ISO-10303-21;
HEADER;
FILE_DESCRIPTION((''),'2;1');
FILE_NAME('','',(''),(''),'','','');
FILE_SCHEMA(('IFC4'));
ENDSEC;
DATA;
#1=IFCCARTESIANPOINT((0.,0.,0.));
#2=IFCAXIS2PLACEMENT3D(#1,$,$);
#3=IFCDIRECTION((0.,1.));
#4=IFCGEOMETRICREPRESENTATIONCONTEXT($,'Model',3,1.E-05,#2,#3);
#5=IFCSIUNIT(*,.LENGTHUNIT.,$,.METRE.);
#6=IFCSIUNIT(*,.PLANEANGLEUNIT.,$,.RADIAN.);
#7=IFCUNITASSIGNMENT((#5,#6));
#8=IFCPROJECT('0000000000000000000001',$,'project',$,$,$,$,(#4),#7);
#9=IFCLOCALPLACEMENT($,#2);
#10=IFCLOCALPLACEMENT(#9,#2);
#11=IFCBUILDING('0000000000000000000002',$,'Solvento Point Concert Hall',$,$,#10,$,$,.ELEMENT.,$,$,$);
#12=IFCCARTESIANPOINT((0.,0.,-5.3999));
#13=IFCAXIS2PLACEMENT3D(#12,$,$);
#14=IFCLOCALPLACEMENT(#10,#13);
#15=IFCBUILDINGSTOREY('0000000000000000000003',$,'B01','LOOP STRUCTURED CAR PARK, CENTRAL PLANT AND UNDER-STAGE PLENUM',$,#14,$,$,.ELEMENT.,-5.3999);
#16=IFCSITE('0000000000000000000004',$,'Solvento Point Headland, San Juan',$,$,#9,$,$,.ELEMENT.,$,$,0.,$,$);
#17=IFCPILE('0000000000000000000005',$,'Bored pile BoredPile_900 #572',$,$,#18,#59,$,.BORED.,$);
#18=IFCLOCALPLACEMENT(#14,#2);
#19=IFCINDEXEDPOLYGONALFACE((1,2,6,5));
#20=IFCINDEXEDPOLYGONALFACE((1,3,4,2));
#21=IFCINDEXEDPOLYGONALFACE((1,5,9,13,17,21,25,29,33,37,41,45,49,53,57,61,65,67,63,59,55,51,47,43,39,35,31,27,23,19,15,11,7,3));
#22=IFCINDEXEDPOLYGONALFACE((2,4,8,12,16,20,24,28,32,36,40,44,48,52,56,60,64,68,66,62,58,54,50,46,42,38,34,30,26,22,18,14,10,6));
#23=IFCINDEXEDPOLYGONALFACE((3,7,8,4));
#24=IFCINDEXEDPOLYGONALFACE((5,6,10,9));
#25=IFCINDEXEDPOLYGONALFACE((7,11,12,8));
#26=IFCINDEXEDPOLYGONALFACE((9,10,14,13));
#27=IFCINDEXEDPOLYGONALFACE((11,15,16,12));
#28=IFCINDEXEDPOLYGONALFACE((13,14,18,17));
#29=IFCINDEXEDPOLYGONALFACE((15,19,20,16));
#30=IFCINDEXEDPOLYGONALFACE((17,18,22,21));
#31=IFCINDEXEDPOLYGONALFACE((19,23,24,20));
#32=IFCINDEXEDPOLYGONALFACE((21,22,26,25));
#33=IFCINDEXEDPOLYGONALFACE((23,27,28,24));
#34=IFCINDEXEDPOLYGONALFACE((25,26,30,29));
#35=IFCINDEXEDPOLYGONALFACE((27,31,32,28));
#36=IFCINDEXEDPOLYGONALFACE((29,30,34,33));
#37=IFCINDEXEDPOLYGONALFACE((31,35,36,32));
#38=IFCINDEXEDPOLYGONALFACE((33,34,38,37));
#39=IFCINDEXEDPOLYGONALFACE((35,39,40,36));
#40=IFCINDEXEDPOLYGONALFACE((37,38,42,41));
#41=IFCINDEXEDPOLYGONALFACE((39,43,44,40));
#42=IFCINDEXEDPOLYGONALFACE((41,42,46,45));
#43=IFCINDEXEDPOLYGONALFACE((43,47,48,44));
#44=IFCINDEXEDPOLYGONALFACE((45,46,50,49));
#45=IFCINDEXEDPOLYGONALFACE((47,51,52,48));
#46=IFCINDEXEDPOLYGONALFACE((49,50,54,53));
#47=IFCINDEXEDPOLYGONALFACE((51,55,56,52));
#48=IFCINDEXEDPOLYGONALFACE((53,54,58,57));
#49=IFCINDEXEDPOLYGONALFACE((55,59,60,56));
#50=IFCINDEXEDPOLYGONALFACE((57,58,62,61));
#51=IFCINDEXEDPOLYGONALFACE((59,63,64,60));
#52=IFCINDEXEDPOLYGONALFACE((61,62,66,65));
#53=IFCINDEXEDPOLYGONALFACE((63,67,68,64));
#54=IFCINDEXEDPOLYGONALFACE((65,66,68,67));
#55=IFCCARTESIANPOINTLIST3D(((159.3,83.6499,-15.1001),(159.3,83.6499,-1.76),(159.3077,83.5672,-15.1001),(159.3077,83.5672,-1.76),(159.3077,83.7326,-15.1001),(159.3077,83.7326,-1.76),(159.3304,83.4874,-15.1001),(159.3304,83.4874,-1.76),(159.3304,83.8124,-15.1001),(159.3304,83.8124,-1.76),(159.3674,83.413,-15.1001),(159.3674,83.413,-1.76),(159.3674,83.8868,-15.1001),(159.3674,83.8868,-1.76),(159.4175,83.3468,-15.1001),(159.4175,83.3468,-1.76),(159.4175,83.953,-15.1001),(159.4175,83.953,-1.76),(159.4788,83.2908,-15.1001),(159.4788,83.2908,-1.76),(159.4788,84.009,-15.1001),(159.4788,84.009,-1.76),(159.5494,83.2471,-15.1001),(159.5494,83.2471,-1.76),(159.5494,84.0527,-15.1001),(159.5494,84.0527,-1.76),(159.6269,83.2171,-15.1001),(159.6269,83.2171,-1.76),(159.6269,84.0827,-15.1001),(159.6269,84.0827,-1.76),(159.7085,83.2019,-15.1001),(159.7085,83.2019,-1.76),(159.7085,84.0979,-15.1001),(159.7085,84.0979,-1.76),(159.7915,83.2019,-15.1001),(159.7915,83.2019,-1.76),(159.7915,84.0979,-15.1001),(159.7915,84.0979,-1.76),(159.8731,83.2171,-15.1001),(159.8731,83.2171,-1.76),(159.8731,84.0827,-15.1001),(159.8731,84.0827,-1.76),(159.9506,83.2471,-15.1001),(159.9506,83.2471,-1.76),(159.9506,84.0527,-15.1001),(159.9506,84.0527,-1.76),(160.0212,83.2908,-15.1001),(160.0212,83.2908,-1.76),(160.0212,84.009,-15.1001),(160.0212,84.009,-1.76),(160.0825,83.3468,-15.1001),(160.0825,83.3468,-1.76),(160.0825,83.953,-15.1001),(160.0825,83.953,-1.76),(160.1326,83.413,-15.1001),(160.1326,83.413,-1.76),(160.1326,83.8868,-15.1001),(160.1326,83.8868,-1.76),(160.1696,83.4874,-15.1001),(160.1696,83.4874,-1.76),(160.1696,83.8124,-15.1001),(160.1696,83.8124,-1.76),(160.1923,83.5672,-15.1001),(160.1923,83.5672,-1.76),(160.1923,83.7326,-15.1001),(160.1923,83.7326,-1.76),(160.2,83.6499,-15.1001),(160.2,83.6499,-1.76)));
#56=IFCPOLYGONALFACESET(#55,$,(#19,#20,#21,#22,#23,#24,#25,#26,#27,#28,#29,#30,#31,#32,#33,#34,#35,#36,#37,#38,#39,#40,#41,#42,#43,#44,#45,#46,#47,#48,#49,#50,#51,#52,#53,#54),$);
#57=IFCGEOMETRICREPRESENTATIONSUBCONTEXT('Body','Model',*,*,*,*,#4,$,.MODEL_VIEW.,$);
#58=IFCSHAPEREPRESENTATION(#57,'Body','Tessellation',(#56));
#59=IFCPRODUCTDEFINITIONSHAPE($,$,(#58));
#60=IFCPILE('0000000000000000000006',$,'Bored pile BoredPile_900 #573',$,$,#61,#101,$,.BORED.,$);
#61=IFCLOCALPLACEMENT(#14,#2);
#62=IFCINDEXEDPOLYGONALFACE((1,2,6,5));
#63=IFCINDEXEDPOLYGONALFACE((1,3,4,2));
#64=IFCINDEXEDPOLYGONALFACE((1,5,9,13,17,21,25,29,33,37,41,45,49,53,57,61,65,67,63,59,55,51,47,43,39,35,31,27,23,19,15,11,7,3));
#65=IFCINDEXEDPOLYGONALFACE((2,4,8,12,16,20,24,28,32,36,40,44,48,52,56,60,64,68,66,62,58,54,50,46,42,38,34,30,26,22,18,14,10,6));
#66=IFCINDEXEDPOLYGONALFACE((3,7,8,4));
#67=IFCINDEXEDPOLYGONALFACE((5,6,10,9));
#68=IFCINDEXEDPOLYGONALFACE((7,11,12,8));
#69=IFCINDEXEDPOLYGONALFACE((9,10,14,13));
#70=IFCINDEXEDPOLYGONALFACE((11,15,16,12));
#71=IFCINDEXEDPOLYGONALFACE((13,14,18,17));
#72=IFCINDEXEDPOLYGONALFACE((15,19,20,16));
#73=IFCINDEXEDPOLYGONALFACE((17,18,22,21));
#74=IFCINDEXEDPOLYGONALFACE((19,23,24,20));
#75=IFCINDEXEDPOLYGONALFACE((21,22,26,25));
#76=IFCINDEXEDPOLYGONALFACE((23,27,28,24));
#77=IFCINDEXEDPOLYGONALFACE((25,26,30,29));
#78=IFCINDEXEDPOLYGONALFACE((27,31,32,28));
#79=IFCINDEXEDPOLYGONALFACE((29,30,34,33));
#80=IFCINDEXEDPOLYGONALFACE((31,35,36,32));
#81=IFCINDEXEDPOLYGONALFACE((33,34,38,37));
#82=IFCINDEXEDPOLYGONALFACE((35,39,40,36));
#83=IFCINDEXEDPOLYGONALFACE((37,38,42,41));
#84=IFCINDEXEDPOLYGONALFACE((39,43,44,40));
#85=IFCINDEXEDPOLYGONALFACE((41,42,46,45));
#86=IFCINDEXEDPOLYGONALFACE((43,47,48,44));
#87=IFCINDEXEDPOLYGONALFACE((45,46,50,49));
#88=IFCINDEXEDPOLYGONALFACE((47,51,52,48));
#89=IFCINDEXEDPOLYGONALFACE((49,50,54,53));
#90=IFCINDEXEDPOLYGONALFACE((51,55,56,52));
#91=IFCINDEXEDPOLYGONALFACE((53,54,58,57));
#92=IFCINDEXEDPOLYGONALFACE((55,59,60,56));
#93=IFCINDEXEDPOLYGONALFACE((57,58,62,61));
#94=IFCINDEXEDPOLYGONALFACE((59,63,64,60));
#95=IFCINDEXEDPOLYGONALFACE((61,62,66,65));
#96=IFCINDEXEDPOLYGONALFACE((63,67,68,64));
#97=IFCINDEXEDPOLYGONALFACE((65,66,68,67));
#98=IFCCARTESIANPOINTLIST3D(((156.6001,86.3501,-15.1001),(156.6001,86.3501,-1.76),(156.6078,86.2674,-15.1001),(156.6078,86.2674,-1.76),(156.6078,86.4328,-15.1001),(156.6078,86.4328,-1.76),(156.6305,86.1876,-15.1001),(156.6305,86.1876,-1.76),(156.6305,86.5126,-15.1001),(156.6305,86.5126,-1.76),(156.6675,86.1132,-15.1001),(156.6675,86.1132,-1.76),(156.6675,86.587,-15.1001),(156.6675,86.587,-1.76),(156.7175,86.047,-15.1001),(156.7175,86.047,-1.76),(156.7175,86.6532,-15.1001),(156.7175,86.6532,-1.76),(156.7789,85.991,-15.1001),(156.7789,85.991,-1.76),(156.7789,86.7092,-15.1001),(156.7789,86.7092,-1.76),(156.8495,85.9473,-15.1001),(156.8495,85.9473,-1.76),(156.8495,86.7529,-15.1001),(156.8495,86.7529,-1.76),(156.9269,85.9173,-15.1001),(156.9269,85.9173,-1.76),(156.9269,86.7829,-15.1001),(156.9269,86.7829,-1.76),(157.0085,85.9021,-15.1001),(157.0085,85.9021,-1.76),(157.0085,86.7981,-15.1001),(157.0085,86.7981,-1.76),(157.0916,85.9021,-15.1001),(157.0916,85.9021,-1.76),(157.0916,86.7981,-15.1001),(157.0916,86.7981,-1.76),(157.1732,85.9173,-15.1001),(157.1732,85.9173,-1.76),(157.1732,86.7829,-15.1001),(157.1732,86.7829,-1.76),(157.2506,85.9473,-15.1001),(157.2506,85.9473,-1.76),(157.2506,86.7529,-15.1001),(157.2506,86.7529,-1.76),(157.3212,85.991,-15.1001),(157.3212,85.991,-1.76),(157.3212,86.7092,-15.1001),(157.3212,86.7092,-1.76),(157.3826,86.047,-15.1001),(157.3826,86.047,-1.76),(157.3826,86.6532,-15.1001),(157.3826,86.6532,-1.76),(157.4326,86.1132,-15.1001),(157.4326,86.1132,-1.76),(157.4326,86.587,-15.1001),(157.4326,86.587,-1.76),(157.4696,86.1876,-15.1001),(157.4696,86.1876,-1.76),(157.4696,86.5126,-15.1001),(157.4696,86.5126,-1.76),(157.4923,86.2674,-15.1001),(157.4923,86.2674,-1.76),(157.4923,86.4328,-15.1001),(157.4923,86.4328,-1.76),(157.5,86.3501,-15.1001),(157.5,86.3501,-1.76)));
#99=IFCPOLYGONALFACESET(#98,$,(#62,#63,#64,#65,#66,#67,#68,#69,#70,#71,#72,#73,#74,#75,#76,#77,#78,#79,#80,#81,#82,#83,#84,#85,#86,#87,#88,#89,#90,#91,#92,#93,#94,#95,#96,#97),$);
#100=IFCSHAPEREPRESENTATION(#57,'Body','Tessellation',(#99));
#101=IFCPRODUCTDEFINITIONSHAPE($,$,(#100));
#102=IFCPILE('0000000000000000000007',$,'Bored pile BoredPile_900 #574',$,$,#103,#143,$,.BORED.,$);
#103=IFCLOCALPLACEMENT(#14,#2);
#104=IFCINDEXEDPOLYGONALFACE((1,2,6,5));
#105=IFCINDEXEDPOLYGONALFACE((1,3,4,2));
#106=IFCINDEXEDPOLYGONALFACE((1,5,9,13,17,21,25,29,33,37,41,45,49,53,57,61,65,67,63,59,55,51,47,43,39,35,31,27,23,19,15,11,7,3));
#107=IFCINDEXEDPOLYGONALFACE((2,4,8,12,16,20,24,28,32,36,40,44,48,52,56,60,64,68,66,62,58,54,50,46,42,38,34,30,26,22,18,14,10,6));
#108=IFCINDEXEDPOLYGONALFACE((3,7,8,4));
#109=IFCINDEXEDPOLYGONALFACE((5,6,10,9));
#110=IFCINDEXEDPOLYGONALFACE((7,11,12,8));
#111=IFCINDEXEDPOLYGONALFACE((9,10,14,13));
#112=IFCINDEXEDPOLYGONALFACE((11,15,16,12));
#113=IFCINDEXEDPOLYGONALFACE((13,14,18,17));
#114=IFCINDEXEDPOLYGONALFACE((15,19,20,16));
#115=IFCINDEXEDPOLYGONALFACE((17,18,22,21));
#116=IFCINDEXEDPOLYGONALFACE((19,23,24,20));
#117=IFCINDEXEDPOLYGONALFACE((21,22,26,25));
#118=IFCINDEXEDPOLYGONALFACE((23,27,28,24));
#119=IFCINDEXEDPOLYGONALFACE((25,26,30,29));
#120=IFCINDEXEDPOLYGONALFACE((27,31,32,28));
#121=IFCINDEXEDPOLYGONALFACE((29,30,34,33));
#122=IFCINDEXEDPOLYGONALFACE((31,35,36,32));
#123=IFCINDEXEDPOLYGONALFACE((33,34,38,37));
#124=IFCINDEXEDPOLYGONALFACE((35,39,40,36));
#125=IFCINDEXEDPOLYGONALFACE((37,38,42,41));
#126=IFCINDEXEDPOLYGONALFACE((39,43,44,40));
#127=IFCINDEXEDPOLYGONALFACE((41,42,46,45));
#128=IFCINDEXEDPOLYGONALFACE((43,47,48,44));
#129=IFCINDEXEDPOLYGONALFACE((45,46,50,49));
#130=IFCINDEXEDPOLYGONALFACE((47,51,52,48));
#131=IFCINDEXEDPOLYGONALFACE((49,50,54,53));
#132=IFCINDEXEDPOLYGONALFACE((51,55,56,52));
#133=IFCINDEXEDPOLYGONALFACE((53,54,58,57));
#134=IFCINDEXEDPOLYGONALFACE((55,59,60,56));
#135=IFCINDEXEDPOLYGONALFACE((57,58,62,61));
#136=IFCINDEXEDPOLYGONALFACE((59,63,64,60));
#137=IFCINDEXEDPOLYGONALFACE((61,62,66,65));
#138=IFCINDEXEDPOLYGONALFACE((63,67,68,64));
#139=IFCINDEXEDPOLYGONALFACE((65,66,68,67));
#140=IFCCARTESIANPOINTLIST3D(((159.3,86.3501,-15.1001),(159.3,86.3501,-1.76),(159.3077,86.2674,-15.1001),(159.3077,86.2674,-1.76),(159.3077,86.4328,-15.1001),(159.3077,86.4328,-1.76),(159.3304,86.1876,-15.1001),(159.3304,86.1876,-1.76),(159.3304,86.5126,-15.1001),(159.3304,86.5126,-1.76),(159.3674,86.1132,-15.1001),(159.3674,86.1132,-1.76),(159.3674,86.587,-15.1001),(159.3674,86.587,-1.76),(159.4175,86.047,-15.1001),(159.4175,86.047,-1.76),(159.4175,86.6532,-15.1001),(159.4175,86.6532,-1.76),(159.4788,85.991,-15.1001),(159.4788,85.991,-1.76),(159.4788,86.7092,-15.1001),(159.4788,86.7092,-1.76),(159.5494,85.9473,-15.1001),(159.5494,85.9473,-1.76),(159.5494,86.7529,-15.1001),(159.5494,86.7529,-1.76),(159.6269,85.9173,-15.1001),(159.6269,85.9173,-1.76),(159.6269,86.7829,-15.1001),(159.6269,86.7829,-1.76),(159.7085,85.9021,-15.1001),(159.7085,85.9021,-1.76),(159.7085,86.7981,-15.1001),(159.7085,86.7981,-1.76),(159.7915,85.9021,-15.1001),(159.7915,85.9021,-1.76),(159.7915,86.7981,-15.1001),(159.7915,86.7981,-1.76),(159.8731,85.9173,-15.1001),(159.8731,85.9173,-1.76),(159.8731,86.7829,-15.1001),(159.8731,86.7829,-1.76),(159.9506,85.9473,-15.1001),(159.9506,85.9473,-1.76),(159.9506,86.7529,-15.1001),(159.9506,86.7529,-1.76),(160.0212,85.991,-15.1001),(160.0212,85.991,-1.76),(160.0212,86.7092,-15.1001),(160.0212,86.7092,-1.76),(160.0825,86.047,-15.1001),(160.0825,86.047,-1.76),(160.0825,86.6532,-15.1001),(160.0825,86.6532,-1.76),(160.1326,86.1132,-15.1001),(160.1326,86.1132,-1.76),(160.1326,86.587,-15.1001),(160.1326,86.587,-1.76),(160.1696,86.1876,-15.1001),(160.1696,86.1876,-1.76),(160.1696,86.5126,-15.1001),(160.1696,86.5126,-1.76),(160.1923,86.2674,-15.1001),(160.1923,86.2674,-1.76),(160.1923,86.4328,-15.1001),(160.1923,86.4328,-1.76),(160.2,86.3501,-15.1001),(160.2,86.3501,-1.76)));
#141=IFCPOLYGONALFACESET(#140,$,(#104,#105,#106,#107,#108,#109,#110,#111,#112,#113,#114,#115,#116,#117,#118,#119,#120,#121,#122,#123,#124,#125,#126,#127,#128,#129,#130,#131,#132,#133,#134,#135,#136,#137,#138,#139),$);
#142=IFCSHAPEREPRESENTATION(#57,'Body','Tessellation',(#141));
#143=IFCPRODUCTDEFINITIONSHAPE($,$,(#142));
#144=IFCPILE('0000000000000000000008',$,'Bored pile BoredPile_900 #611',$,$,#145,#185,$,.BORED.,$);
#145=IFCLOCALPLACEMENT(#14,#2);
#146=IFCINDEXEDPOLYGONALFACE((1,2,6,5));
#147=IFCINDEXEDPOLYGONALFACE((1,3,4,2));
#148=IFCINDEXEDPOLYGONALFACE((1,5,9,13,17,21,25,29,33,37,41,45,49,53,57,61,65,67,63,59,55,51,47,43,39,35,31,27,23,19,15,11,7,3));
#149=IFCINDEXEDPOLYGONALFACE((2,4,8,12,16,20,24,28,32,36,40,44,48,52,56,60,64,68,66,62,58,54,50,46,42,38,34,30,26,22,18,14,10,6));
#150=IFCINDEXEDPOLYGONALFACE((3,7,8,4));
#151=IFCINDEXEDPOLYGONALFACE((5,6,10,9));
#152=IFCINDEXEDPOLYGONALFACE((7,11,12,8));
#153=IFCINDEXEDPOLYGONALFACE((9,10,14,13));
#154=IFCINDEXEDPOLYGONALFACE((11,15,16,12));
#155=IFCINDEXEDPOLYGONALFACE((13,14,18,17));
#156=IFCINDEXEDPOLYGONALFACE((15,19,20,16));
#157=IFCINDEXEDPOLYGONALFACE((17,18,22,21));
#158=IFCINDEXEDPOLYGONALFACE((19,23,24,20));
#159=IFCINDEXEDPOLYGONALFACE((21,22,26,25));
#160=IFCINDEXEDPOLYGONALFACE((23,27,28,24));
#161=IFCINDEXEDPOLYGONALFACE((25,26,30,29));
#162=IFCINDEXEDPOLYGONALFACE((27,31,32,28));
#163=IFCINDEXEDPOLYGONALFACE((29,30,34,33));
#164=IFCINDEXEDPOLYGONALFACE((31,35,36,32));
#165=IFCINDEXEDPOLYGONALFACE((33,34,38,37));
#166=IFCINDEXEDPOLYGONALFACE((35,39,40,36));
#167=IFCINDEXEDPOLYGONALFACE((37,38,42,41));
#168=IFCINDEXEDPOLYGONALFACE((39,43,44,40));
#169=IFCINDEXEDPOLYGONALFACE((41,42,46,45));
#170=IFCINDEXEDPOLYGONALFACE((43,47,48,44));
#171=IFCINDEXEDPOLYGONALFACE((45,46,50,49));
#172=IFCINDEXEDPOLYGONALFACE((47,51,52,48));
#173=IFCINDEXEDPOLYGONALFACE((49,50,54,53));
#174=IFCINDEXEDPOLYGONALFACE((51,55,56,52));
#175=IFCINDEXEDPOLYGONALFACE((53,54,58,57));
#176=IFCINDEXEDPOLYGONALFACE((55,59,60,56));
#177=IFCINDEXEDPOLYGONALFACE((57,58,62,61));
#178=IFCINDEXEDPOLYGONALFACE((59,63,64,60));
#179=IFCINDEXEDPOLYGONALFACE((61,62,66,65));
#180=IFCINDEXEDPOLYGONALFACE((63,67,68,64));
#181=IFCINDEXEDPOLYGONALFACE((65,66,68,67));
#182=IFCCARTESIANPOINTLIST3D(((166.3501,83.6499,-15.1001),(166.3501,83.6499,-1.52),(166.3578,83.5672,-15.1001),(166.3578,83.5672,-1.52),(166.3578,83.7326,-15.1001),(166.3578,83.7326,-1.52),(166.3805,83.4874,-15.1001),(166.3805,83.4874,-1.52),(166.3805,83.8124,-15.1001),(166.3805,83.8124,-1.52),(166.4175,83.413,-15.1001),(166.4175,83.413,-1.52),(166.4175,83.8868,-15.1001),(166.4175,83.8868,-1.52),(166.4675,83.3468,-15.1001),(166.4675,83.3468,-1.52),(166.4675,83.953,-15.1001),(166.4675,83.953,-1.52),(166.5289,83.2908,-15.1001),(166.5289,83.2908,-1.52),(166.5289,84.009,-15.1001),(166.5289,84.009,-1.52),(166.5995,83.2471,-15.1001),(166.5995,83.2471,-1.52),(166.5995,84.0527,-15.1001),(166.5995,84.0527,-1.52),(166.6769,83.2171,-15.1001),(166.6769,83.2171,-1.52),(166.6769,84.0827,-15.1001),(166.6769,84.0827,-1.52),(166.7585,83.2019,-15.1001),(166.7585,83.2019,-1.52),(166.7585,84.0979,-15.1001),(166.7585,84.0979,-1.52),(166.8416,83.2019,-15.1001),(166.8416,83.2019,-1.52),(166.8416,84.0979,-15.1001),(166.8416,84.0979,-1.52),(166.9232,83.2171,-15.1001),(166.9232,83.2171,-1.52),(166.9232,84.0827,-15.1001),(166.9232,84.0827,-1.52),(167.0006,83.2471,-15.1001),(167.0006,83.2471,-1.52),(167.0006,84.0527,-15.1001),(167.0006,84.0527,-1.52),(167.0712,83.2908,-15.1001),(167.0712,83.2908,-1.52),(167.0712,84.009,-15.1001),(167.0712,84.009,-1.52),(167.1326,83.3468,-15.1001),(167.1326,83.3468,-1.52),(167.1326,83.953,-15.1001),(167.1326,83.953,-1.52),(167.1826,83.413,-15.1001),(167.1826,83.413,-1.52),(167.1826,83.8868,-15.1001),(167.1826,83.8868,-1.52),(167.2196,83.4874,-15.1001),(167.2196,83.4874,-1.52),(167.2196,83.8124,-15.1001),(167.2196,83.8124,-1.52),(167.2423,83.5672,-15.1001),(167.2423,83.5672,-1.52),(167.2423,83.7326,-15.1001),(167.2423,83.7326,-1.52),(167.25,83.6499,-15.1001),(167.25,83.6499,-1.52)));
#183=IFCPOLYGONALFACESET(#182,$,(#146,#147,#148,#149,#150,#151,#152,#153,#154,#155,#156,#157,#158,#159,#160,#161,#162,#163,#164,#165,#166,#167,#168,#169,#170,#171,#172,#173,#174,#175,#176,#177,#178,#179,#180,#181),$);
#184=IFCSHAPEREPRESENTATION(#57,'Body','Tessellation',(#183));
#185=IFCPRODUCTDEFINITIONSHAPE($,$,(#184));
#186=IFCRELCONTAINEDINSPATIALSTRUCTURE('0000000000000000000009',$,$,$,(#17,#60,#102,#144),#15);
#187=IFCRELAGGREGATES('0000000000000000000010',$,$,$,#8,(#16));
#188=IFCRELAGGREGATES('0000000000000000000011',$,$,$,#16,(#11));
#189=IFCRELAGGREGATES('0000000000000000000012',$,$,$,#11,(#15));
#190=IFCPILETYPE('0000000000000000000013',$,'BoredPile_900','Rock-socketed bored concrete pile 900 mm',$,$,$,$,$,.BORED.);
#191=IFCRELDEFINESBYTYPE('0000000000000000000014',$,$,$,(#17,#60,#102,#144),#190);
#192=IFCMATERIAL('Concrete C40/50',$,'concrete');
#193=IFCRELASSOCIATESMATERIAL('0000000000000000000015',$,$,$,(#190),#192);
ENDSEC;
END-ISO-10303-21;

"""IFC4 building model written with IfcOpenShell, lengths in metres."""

from ifc_helpers import new_model, si_unit, direction, frame, origin, origin_2d, place, context, subcontext, project, spatial, circle, extrude, material, material_profile, profile_set, type_object, element, save


model = new_model("IFC4")

# Units and contexts
model_context = context("Model", 3, precision=1e-05, world=origin(), true_north=direction((0.0, 1.0)))
body_context = subcontext(model_context, "Body", "Model", "MODEL_VIEW")
ifc_project = project(units=[si_unit("LENGTHUNIT", "METRE"), si_unit("PLANEANGLEUNIT", "RADIAN")], contexts=[model_context])

# Site, building, storey
site_placement = place(None, origin())
site = spatial("IfcSite", under=ifc_project, at=site_placement, Name="Solvento Point Headland, San Juan", CompositionType="ELEMENT", RefElevation=0.0)
building_placement = place(site_placement, origin())
building = spatial("IfcBuilding", under=site, at=building_placement, Name="Solvento Point Concert Hall", CompositionType="ELEMENT")
storey_placement = place(building_placement, frame((0.0, 0.0, -5.3999)))
storey = spatial("IfcBuildingStorey", under=building, at=storey_placement, Name="B01", Description="LOOP STRUCTURED CAR PARK, CENTRAL PLANT AND UNDER-STAGE PLENUM", CompositionType="ELEMENT", Elevation=-5.3999)

# Piles
ifc_material_1 = material(Name="Concrete C40/50", Category="concrete")
ifc_material_profile_1 = material_profile(ifc_material_1, circle(Radius=0.45, at=origin_2d()), Name="BP-900")
ifc_profile_set_1 = profile_set([ifc_material_profile_1], Name="Concrete C40/50")
pile_type_1 = type_object("IfcPileType", Name="BoredPile_900", Description="Rock-socketed bored concrete pile 900 mm", PredefinedType="BORED", material=ifc_profile_set_1)
for number, where, z_axis, x_axis, name in (
    (1, (159.75, 83.6499, -1.76), (0.0, 0.0, -1.0), (1.0, 0.0, 0.0), "Bored pile BoredPile_900 #572"),
    (2, (157.05, 86.3501, -1.76), (0.0, 0.0, -1.0), (1.0, 0.0, 0.0), "Bored pile BoredPile_900 #573"),
    (3, (159.75, 86.3501, -1.76), (0.0, 0.0, -1.0), (1.0, 0.0, 0.0), "Bored pile BoredPile_900 #574"),
):
    element("IfcPile", number, at=place(storey_placement, frame(where, z_axis=z_axis, x_axis=x_axis)), inside=storey, type_object=pile_type_1, Name=name, PredefinedType="BORED", context=body_context, shape_type="SweptSolid", body=[
        extrude(circle(Radius=0.45, at=origin_2d()), origin(), (0.0, 0.0, 1.0), 13.3401),
    ])
for number, where, z_axis, x_axis, name in (
    (4, (166.8, 83.6499, -1.52), (0.0, 0.0, -1.0), (1.0, 0.0, 0.0), "Bored pile BoredPile_900 #611"),
):
    element("IfcPile", number, at=place(storey_placement, frame(where, z_axis=z_axis, x_axis=x_axis)), inside=storey, type_object=pile_type_1, Name=name, PredefinedType="BORED", context=body_context, shape_type="SweptSolid", body=[
        extrude(circle(Radius=0.45, at=origin_2d()), origin(), (0.0, 0.0, 1.0), 13.5801),
    ])

save(model, "model.ifc")
